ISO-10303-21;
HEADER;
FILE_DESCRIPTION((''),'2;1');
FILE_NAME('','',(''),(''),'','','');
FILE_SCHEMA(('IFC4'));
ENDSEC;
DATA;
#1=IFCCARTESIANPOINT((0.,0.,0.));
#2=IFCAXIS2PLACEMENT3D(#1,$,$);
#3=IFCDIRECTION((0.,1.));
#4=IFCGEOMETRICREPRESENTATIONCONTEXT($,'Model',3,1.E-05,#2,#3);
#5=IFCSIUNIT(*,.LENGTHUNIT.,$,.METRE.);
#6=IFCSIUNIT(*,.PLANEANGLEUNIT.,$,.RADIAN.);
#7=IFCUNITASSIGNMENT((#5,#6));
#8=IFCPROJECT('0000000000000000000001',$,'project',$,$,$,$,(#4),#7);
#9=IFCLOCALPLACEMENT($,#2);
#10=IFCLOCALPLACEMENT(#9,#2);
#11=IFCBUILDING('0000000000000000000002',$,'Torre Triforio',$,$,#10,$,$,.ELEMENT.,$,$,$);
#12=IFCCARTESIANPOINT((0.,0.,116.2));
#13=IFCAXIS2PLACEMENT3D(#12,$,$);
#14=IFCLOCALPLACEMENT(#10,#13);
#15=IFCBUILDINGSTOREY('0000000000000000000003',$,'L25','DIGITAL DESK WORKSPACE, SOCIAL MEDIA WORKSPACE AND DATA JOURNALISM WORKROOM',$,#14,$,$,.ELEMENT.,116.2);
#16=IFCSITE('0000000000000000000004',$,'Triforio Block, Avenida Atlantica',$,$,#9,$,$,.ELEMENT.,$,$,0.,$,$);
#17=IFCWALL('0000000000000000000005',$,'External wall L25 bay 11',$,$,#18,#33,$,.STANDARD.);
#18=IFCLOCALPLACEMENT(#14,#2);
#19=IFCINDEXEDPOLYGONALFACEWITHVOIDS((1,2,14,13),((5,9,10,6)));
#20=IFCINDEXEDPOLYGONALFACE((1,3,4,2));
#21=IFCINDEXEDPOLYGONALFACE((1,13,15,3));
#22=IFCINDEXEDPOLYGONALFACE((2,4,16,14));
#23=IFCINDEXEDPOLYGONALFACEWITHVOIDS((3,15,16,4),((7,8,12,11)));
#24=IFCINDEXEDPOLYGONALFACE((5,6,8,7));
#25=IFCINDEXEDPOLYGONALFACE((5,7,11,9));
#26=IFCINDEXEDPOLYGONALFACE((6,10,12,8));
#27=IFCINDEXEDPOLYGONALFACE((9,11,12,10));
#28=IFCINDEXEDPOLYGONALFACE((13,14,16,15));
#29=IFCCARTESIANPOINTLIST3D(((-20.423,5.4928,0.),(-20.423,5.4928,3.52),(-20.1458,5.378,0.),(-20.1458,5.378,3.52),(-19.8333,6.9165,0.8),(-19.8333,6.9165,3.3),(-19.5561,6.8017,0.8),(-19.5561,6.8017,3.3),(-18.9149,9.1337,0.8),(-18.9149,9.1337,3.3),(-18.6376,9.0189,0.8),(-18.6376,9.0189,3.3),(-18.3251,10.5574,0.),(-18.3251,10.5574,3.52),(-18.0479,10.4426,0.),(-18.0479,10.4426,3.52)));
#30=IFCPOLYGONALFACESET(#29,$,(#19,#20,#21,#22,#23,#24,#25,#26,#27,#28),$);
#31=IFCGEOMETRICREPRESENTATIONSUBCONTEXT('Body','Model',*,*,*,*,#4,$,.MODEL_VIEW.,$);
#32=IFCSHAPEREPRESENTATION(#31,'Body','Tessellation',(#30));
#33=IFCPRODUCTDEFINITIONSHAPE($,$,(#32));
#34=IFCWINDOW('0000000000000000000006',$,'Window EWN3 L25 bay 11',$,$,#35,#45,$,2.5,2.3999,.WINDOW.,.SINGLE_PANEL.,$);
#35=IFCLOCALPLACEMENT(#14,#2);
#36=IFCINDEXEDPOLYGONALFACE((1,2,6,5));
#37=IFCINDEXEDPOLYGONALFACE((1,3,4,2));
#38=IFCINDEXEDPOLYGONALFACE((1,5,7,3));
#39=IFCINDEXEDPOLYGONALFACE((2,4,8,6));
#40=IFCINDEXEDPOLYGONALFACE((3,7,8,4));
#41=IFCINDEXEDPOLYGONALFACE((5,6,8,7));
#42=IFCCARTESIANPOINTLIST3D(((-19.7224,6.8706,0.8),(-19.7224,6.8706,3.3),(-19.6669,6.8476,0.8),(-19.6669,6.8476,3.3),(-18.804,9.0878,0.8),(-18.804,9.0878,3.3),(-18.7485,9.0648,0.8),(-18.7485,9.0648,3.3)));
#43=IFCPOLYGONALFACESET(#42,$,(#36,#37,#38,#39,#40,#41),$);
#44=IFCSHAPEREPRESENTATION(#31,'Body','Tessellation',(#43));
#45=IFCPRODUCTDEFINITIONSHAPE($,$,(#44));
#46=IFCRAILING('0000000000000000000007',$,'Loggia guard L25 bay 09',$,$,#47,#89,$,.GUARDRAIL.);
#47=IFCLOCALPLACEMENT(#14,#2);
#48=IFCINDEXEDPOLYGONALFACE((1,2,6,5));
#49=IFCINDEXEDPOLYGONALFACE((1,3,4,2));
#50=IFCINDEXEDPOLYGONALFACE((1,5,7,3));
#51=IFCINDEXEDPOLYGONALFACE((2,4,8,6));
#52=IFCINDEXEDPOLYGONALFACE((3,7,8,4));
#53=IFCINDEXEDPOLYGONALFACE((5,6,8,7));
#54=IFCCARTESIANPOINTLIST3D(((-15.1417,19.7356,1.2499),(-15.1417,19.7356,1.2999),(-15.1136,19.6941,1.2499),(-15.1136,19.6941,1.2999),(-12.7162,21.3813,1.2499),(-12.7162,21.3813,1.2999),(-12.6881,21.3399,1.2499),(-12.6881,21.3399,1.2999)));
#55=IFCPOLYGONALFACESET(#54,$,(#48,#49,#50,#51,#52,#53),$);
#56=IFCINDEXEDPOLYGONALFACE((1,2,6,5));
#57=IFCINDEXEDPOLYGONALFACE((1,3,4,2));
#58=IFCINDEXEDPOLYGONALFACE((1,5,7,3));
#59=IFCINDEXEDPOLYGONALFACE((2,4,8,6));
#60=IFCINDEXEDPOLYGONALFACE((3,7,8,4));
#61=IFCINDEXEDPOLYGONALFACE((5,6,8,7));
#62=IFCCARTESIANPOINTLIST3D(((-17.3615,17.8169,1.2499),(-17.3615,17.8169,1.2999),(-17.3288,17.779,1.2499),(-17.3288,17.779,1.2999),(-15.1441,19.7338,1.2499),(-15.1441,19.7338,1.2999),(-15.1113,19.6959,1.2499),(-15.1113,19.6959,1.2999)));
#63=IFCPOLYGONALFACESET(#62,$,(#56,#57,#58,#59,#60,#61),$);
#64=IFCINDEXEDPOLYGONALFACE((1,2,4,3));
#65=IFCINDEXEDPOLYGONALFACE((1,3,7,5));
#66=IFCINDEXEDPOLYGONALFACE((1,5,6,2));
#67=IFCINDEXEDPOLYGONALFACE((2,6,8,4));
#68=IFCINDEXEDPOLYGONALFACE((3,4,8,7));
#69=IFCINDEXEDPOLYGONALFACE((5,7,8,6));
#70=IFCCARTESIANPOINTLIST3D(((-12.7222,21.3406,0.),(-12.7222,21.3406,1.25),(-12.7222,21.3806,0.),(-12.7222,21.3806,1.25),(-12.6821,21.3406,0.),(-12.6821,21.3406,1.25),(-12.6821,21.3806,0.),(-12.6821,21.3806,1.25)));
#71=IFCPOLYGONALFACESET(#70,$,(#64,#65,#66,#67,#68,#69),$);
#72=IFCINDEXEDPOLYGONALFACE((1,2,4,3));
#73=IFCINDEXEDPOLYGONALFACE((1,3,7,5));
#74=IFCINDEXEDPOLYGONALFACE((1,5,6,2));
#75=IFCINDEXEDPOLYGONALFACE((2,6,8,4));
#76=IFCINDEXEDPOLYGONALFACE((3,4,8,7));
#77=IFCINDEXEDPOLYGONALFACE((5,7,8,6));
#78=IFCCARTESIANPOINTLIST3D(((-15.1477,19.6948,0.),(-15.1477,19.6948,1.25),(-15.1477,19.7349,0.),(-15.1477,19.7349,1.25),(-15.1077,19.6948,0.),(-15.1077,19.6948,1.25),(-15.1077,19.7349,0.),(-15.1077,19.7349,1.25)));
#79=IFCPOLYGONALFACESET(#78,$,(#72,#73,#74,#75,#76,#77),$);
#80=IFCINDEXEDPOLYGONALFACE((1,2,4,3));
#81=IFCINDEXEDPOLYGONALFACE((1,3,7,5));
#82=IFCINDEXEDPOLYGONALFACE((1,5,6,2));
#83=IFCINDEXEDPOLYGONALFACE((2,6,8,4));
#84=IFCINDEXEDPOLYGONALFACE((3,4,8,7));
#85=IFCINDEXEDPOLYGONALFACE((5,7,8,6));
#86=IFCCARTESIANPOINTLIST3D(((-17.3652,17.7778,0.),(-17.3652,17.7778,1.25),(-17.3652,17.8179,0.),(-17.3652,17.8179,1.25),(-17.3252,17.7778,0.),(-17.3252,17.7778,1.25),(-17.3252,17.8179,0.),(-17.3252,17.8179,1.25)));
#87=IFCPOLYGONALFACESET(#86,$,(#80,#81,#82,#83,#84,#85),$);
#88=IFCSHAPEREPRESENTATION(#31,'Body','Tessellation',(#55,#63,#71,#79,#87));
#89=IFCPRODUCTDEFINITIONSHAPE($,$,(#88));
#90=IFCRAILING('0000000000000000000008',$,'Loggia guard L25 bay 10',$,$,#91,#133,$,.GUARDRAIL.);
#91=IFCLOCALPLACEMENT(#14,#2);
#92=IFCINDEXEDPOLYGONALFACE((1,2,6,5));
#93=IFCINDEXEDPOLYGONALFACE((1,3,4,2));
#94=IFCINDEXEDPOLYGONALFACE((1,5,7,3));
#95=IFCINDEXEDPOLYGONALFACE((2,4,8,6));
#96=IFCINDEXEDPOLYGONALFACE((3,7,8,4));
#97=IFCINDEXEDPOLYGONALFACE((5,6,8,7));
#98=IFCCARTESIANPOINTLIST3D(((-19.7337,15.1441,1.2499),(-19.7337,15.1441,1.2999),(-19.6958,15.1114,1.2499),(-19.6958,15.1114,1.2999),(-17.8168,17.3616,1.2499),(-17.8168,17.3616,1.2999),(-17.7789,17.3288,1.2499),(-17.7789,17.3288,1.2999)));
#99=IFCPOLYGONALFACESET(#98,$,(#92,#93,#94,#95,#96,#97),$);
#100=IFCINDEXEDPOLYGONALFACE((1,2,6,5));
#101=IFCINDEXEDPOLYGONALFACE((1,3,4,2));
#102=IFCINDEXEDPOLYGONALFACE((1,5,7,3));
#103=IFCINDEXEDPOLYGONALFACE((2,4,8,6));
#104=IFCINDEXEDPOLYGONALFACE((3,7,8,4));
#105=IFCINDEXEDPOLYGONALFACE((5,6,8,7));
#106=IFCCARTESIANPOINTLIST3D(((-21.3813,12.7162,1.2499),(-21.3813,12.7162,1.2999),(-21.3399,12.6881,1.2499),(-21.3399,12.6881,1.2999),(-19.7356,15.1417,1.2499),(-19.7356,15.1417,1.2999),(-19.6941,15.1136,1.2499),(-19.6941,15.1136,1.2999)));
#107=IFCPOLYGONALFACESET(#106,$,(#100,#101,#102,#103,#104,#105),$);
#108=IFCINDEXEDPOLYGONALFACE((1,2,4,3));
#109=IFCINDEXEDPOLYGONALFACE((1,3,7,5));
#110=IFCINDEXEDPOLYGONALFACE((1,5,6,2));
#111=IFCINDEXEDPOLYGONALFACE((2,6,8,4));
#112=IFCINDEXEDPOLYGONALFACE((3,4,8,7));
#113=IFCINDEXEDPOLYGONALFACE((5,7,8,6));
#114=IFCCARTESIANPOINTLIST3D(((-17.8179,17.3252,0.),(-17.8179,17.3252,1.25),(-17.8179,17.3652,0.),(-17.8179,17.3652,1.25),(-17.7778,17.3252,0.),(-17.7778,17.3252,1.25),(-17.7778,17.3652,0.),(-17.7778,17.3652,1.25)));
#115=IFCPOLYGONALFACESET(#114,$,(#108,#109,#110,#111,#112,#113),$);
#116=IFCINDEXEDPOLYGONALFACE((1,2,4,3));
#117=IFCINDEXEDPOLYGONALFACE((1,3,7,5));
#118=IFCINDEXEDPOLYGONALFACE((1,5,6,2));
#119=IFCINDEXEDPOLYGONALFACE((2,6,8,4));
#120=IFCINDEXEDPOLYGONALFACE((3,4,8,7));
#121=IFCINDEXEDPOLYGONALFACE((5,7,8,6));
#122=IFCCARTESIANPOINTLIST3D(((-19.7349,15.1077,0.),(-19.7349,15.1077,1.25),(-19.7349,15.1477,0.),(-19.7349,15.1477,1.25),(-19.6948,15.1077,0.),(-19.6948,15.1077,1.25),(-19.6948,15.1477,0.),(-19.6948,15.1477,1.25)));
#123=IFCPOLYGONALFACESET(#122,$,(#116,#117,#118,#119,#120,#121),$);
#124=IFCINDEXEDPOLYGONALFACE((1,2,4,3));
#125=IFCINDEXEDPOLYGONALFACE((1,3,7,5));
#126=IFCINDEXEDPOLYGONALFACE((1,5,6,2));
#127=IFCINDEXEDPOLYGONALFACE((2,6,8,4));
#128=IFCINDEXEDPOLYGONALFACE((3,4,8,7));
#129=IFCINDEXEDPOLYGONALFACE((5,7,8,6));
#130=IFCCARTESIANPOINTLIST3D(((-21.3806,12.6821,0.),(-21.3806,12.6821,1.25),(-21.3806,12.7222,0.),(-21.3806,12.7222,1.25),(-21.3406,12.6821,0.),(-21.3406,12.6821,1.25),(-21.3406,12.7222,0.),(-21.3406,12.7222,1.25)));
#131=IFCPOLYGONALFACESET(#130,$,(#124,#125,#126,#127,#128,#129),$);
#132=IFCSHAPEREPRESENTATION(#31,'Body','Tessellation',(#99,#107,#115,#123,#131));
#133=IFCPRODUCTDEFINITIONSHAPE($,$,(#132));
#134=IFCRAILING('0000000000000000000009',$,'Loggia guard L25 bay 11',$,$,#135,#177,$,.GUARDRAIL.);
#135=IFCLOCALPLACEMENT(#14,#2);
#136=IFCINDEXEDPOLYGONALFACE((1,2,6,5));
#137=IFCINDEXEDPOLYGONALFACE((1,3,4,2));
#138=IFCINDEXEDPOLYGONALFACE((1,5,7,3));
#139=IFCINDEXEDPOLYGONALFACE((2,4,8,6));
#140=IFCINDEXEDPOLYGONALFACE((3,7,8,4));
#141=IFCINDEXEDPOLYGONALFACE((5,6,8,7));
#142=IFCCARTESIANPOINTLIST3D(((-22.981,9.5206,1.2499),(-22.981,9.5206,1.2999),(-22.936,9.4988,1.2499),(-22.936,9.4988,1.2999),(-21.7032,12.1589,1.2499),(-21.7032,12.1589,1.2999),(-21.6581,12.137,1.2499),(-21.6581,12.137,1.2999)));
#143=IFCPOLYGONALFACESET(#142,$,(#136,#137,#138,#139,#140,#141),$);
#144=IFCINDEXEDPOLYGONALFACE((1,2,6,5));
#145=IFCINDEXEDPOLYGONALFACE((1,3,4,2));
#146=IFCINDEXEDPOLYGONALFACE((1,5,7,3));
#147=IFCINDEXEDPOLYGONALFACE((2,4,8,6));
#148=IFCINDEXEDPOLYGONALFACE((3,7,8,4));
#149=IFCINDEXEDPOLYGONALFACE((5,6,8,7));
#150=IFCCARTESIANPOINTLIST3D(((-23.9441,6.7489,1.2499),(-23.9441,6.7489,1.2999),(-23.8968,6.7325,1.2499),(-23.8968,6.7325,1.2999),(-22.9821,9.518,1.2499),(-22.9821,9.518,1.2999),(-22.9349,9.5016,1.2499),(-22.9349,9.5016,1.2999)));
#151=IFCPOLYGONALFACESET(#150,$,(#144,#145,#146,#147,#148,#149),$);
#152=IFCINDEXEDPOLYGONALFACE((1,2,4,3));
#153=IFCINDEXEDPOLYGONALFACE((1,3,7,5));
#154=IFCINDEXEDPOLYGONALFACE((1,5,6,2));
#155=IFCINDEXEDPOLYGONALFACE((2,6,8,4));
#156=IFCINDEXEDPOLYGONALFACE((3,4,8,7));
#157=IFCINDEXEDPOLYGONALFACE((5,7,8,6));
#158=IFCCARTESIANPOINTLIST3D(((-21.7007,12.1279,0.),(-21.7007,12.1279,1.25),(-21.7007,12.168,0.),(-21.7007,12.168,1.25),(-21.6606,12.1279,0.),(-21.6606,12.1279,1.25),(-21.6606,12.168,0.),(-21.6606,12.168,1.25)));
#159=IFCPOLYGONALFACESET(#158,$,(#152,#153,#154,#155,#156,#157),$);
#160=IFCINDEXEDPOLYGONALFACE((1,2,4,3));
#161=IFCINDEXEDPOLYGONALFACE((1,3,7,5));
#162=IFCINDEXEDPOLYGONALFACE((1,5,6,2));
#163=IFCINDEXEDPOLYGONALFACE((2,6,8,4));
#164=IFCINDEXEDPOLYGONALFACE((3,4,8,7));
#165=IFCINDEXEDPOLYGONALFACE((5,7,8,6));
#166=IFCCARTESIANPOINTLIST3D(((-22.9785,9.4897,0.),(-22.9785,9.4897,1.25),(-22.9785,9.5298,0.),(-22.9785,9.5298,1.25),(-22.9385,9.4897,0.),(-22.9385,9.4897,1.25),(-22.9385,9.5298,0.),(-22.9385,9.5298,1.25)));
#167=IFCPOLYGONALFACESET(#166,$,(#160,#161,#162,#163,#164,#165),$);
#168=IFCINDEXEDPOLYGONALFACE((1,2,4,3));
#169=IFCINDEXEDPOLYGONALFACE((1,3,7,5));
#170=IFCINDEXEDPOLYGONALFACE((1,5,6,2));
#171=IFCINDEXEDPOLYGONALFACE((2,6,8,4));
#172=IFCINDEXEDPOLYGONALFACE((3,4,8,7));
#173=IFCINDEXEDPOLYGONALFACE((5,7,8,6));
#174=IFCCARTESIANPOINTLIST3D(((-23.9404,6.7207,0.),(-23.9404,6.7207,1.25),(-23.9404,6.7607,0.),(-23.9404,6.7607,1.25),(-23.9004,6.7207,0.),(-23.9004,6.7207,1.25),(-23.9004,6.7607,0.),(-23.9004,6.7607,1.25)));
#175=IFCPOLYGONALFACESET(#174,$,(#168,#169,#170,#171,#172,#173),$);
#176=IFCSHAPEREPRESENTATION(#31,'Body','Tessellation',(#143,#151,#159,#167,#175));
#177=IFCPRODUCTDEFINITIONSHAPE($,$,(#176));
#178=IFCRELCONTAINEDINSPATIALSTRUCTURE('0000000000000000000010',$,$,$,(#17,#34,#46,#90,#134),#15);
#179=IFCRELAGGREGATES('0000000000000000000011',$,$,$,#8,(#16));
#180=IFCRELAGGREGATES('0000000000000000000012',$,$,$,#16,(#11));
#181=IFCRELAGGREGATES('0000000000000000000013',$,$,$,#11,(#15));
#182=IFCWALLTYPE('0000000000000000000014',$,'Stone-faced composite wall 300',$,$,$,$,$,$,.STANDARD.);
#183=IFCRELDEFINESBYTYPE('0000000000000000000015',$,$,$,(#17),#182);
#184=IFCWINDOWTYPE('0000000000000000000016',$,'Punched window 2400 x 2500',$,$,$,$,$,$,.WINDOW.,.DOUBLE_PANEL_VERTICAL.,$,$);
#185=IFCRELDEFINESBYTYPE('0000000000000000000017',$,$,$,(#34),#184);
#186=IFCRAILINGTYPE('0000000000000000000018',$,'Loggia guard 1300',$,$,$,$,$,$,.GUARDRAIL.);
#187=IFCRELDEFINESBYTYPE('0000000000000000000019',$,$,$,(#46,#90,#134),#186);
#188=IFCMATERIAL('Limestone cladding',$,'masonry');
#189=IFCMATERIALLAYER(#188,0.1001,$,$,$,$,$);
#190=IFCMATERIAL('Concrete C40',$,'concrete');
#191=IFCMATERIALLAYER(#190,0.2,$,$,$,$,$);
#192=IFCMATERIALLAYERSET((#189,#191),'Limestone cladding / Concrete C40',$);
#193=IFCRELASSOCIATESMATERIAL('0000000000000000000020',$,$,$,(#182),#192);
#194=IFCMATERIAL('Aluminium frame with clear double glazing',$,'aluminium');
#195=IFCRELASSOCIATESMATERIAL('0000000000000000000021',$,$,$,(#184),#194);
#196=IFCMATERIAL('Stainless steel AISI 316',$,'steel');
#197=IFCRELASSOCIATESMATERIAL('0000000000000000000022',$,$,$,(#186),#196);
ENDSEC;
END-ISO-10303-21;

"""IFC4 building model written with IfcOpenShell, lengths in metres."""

from ifc_helpers import new_model, si_unit, direction, frame, frame_2d, origin, origin_2d, place, context, subcontext, project, spatial, rectangle, extrude, material, layer, layer_set, type_object, element, fill, save


model = new_model("IFC4")

# Units and contexts
model_context = context("Model", 3, precision=1e-05, world=origin(), true_north=direction((0.0, 1.0)))
body_context = subcontext(model_context, "Body", "Model", "MODEL_VIEW")
ifc_project = project(units=[si_unit("LENGTHUNIT", "METRE"), si_unit("PLANEANGLEUNIT", "RADIAN")], contexts=[model_context])

# Site, building, storey
site_placement = place(None, origin())
site = spatial("IfcSite", under=ifc_project, at=site_placement, Name="Triforio Block, Avenida Atlantica", CompositionType="ELEMENT", RefElevation=0.0)
building_placement = place(site_placement, origin())
building = spatial("IfcBuilding", under=site, at=building_placement, Name="Torre Triforio", CompositionType="ELEMENT")
storey_placement = place(building_placement, frame((0.0, 0.0, 116.2)))
storey = spatial("IfcBuildingStorey", under=building, at=storey_placement, Name="L25", Description="DIGITAL DESK WORKSPACE, SOCIAL MEDIA WORKSPACE AND DATA JOURNALISM WORKROOM", CompositionType="ELEMENT", Elevation=116.2)

# Shared definitions
ifc_material_1 = material(Name="Limestone cladding", Category="masonry")
ifc_material_2 = material(Name="Concrete C40", Category="concrete")

# Shared definitions
ifc_layer_1 = layer(ifc_material_1, 0.1001)
ifc_layer_2 = layer(ifc_material_2, 0.2)
ifc_layer_set_1 = layer_set([ifc_layer_1, ifc_layer_2], Name="Limestone cladding / Concrete C40")
wall_type_1 = type_object("IfcWallType", Name="Stone-faced composite wall 300", PredefinedType="STANDARD", material=ifc_layer_set_1)
ifc_material_3 = material(Name="Aluminium frame with clear double glazing", Category="aluminium")
window_type_1 = type_object("IfcWindowType", Name="Punched window 2400 x 2500", PartitioningType="DOUBLE_PANEL_VERTICAL", PredefinedType="WINDOW", material=ifc_material_3)

# Wall, opening, window
wall_1_placement = place(storey_placement, frame((-18.1865, 10.5, 0.0), z_axis=(0.0, 0.0, 1.0), x_axis=(-0.382689, -0.923877, 0.0)))
wall_1 = element("IfcWall", 1, at=wall_1_placement, inside=storey, type_object=wall_type_1, Name="External wall L25 bay 11", PredefinedType="STANDARD", context=body_context, shape_type="SweptSolid", body=[
    extrude(rectangle(XDim=5.4819, YDim=0.3, at=frame_2d((2.741, 0.0))), origin(), (0.0, 0.0, 1.0), 3.52),
])
opening_1_placement = place(wall_1_placement, frame((1.541, 0.0, 0.8)))
opening_1 = element("IfcOpeningElement", 2, at=opening_1_placement, cuts=wall_1, PredefinedType="OPENING", context=body_context, shape_type="SweptSolid", body=[
    extrude(rectangle(XDim=2.3999, YDim=2.5, at=frame_2d((1.2, 1.25))), frame((0.0, 0.1599, 0.0), z_axis=(0.0, -1.0, 0.0), x_axis=(1.0, 0.0, 0.0)), (0.0, 0.0, 1.0), 0.3201),
])
window_1_placement = place(opening_1_placement, origin())
window_1 = element("IfcWindow", 3, at=window_1_placement, inside=storey, type_object=window_type_1, Name="Window EWN3 L25 bay 11", OverallHeight=2.5, OverallWidth=2.3999, PartitioningType="SINGLE_PANEL", PredefinedType="WINDOW", context=body_context, shape_type="SweptSolid", body=[
    extrude(rectangle(XDim=2.3999, YDim=2.5, at=frame_2d((1.2, 1.25))), frame((0.0, 0.03, 0.0), z_axis=(0.0, -1.0, 0.0), x_axis=(1.0, 0.0, 0.0)), (0.0, 0.0, 1.0), 0.0601),
])
fill(opening_1, window_1)

# Railings
ifc_material_4 = material(Name="Stainless steel AISI 316", Category="steel")
railing_type = type_object("IfcRailingType", Name="Loggia guard 1300", PredefinedType="GUARDRAIL", material=ifc_material_4)
railing_1_placement = place(storey_placement, frame((-12.7021, 21.3606, 0.0)))
element("IfcRailing", 4, at=railing_1_placement, inside=storey, type_object=railing_type, Name="Loggia guard L25 bay 09", PredefinedType="GUARDRAIL", context=body_context, shape_type="SweptSolid", body=[
    extrude(rectangle(XDim=0.05, YDim=0.05, at=origin_2d()), frame((0.0, 0.0, 1.2749), z_axis=(-0.827499, -0.561467, 0.0), x_axis=(0.561467, -0.827499, 0.0)), (0.0, 0.0, 1.0), 2.9312),
    extrude(rectangle(XDim=0.05, YDim=0.05, at=origin_2d()), frame((-2.4255, -1.6458, 1.2749), z_axis=(-0.75651, -0.653982, 0.0), x_axis=(0.653982, -0.75651, 0.0)), (0.0, 0.0, 1.0), 2.9312),
    extrude(rectangle(XDim=0.04, YDim=0.04, at=origin_2d()), origin(), (0.0, 0.0, 1.0), 1.25),
    extrude(rectangle(XDim=0.04, YDim=0.04, at=origin_2d()), frame((-2.4255, -1.6458, 0.0)), (0.0, 0.0, 1.0), 1.25),
    extrude(rectangle(XDim=0.04, YDim=0.04, at=origin_2d()), frame((-4.6431, -3.5627, 0.0)), (0.0, 0.0, 1.0), 1.25),
])
railing_2_placement = place(storey_placement, frame((-17.7979, 17.3452, 0.0)))
element("IfcRailing", 5, at=railing_2_placement, inside=storey, type_object=railing_type, Name="Loggia guard L25 bay 10", PredefinedType="GUARDRAIL", context=body_context, shape_type="SweptSolid", body=[
    extrude(rectangle(XDim=0.05, YDim=0.05, at=origin_2d()), frame((0.0, 0.0, 1.2749), z_axis=(-0.653982, -0.75651, 0.0), x_axis=(0.75651, -0.653982, 0.0)), (0.0, 0.0, 1.0), 2.9312),
    extrude(rectangle(XDim=0.05, YDim=0.05, at=origin_2d()), frame((-1.917, -2.2175, 1.2749), z_axis=(-0.561467, -0.827499, 0.0), x_axis=(0.827499, -0.561467, 0.0)), (0.0, 0.0, 1.0), 2.9312),
    extrude(rectangle(XDim=0.04, YDim=0.04, at=origin_2d()), origin(), (0.0, 0.0, 1.0), 1.25),
    extrude(rectangle(XDim=0.04, YDim=0.04, at=origin_2d()), frame((-1.917, -2.2175, 0.0)), (0.0, 0.0, 1.0), 1.25),
    extrude(rectangle(XDim=0.04, YDim=0.04, at=origin_2d()), frame((-3.5627, -4.6431, 0.0)), (0.0, 0.0, 1.0), 1.25),
])
railing_3_placement = place(storey_placement, frame((-21.6807, 12.1479, 0.0)))
element("IfcRailing", 6, at=railing_3_placement, inside=storey, type_object=railing_type, Name="Loggia guard L25 bay 11", PredefinedType="GUARDRAIL", context=body_context, shape_type="SweptSolid", body=[
    extrude(rectangle(XDim=0.05, YDim=0.05, at=origin_2d()), frame((0.0, 0.0, 1.2749), z_axis=(-0.435918, -0.899986, 0.0), x_axis=(0.899986, -0.435918, 0.0)), (0.0, 0.0, 1.0), 2.9314),
    extrude(rectangle(XDim=0.05, YDim=0.05, at=origin_2d()), frame((-1.2778, -2.6382, 1.2749), z_axis=(-0.328146, -0.944627, 0.0), x_axis=(0.944627, -0.328146, 0.0)), (0.0, 0.0, 1.0), 2.9314),
    extrude(rectangle(XDim=0.04, YDim=0.04, at=origin_2d()), origin(), (0.0, 0.0, 1.0), 1.25),
    extrude(rectangle(XDim=0.04, YDim=0.04, at=origin_2d()), frame((-1.2778, -2.6382, 0.0)), (0.0, 0.0, 1.0), 1.25),
    extrude(rectangle(XDim=0.04, YDim=0.04, at=origin_2d()), frame((-2.2397, -5.4072, 0.0)), (0.0, 0.0, 1.0), 1.25),
])

save(model, "model.ifc")
